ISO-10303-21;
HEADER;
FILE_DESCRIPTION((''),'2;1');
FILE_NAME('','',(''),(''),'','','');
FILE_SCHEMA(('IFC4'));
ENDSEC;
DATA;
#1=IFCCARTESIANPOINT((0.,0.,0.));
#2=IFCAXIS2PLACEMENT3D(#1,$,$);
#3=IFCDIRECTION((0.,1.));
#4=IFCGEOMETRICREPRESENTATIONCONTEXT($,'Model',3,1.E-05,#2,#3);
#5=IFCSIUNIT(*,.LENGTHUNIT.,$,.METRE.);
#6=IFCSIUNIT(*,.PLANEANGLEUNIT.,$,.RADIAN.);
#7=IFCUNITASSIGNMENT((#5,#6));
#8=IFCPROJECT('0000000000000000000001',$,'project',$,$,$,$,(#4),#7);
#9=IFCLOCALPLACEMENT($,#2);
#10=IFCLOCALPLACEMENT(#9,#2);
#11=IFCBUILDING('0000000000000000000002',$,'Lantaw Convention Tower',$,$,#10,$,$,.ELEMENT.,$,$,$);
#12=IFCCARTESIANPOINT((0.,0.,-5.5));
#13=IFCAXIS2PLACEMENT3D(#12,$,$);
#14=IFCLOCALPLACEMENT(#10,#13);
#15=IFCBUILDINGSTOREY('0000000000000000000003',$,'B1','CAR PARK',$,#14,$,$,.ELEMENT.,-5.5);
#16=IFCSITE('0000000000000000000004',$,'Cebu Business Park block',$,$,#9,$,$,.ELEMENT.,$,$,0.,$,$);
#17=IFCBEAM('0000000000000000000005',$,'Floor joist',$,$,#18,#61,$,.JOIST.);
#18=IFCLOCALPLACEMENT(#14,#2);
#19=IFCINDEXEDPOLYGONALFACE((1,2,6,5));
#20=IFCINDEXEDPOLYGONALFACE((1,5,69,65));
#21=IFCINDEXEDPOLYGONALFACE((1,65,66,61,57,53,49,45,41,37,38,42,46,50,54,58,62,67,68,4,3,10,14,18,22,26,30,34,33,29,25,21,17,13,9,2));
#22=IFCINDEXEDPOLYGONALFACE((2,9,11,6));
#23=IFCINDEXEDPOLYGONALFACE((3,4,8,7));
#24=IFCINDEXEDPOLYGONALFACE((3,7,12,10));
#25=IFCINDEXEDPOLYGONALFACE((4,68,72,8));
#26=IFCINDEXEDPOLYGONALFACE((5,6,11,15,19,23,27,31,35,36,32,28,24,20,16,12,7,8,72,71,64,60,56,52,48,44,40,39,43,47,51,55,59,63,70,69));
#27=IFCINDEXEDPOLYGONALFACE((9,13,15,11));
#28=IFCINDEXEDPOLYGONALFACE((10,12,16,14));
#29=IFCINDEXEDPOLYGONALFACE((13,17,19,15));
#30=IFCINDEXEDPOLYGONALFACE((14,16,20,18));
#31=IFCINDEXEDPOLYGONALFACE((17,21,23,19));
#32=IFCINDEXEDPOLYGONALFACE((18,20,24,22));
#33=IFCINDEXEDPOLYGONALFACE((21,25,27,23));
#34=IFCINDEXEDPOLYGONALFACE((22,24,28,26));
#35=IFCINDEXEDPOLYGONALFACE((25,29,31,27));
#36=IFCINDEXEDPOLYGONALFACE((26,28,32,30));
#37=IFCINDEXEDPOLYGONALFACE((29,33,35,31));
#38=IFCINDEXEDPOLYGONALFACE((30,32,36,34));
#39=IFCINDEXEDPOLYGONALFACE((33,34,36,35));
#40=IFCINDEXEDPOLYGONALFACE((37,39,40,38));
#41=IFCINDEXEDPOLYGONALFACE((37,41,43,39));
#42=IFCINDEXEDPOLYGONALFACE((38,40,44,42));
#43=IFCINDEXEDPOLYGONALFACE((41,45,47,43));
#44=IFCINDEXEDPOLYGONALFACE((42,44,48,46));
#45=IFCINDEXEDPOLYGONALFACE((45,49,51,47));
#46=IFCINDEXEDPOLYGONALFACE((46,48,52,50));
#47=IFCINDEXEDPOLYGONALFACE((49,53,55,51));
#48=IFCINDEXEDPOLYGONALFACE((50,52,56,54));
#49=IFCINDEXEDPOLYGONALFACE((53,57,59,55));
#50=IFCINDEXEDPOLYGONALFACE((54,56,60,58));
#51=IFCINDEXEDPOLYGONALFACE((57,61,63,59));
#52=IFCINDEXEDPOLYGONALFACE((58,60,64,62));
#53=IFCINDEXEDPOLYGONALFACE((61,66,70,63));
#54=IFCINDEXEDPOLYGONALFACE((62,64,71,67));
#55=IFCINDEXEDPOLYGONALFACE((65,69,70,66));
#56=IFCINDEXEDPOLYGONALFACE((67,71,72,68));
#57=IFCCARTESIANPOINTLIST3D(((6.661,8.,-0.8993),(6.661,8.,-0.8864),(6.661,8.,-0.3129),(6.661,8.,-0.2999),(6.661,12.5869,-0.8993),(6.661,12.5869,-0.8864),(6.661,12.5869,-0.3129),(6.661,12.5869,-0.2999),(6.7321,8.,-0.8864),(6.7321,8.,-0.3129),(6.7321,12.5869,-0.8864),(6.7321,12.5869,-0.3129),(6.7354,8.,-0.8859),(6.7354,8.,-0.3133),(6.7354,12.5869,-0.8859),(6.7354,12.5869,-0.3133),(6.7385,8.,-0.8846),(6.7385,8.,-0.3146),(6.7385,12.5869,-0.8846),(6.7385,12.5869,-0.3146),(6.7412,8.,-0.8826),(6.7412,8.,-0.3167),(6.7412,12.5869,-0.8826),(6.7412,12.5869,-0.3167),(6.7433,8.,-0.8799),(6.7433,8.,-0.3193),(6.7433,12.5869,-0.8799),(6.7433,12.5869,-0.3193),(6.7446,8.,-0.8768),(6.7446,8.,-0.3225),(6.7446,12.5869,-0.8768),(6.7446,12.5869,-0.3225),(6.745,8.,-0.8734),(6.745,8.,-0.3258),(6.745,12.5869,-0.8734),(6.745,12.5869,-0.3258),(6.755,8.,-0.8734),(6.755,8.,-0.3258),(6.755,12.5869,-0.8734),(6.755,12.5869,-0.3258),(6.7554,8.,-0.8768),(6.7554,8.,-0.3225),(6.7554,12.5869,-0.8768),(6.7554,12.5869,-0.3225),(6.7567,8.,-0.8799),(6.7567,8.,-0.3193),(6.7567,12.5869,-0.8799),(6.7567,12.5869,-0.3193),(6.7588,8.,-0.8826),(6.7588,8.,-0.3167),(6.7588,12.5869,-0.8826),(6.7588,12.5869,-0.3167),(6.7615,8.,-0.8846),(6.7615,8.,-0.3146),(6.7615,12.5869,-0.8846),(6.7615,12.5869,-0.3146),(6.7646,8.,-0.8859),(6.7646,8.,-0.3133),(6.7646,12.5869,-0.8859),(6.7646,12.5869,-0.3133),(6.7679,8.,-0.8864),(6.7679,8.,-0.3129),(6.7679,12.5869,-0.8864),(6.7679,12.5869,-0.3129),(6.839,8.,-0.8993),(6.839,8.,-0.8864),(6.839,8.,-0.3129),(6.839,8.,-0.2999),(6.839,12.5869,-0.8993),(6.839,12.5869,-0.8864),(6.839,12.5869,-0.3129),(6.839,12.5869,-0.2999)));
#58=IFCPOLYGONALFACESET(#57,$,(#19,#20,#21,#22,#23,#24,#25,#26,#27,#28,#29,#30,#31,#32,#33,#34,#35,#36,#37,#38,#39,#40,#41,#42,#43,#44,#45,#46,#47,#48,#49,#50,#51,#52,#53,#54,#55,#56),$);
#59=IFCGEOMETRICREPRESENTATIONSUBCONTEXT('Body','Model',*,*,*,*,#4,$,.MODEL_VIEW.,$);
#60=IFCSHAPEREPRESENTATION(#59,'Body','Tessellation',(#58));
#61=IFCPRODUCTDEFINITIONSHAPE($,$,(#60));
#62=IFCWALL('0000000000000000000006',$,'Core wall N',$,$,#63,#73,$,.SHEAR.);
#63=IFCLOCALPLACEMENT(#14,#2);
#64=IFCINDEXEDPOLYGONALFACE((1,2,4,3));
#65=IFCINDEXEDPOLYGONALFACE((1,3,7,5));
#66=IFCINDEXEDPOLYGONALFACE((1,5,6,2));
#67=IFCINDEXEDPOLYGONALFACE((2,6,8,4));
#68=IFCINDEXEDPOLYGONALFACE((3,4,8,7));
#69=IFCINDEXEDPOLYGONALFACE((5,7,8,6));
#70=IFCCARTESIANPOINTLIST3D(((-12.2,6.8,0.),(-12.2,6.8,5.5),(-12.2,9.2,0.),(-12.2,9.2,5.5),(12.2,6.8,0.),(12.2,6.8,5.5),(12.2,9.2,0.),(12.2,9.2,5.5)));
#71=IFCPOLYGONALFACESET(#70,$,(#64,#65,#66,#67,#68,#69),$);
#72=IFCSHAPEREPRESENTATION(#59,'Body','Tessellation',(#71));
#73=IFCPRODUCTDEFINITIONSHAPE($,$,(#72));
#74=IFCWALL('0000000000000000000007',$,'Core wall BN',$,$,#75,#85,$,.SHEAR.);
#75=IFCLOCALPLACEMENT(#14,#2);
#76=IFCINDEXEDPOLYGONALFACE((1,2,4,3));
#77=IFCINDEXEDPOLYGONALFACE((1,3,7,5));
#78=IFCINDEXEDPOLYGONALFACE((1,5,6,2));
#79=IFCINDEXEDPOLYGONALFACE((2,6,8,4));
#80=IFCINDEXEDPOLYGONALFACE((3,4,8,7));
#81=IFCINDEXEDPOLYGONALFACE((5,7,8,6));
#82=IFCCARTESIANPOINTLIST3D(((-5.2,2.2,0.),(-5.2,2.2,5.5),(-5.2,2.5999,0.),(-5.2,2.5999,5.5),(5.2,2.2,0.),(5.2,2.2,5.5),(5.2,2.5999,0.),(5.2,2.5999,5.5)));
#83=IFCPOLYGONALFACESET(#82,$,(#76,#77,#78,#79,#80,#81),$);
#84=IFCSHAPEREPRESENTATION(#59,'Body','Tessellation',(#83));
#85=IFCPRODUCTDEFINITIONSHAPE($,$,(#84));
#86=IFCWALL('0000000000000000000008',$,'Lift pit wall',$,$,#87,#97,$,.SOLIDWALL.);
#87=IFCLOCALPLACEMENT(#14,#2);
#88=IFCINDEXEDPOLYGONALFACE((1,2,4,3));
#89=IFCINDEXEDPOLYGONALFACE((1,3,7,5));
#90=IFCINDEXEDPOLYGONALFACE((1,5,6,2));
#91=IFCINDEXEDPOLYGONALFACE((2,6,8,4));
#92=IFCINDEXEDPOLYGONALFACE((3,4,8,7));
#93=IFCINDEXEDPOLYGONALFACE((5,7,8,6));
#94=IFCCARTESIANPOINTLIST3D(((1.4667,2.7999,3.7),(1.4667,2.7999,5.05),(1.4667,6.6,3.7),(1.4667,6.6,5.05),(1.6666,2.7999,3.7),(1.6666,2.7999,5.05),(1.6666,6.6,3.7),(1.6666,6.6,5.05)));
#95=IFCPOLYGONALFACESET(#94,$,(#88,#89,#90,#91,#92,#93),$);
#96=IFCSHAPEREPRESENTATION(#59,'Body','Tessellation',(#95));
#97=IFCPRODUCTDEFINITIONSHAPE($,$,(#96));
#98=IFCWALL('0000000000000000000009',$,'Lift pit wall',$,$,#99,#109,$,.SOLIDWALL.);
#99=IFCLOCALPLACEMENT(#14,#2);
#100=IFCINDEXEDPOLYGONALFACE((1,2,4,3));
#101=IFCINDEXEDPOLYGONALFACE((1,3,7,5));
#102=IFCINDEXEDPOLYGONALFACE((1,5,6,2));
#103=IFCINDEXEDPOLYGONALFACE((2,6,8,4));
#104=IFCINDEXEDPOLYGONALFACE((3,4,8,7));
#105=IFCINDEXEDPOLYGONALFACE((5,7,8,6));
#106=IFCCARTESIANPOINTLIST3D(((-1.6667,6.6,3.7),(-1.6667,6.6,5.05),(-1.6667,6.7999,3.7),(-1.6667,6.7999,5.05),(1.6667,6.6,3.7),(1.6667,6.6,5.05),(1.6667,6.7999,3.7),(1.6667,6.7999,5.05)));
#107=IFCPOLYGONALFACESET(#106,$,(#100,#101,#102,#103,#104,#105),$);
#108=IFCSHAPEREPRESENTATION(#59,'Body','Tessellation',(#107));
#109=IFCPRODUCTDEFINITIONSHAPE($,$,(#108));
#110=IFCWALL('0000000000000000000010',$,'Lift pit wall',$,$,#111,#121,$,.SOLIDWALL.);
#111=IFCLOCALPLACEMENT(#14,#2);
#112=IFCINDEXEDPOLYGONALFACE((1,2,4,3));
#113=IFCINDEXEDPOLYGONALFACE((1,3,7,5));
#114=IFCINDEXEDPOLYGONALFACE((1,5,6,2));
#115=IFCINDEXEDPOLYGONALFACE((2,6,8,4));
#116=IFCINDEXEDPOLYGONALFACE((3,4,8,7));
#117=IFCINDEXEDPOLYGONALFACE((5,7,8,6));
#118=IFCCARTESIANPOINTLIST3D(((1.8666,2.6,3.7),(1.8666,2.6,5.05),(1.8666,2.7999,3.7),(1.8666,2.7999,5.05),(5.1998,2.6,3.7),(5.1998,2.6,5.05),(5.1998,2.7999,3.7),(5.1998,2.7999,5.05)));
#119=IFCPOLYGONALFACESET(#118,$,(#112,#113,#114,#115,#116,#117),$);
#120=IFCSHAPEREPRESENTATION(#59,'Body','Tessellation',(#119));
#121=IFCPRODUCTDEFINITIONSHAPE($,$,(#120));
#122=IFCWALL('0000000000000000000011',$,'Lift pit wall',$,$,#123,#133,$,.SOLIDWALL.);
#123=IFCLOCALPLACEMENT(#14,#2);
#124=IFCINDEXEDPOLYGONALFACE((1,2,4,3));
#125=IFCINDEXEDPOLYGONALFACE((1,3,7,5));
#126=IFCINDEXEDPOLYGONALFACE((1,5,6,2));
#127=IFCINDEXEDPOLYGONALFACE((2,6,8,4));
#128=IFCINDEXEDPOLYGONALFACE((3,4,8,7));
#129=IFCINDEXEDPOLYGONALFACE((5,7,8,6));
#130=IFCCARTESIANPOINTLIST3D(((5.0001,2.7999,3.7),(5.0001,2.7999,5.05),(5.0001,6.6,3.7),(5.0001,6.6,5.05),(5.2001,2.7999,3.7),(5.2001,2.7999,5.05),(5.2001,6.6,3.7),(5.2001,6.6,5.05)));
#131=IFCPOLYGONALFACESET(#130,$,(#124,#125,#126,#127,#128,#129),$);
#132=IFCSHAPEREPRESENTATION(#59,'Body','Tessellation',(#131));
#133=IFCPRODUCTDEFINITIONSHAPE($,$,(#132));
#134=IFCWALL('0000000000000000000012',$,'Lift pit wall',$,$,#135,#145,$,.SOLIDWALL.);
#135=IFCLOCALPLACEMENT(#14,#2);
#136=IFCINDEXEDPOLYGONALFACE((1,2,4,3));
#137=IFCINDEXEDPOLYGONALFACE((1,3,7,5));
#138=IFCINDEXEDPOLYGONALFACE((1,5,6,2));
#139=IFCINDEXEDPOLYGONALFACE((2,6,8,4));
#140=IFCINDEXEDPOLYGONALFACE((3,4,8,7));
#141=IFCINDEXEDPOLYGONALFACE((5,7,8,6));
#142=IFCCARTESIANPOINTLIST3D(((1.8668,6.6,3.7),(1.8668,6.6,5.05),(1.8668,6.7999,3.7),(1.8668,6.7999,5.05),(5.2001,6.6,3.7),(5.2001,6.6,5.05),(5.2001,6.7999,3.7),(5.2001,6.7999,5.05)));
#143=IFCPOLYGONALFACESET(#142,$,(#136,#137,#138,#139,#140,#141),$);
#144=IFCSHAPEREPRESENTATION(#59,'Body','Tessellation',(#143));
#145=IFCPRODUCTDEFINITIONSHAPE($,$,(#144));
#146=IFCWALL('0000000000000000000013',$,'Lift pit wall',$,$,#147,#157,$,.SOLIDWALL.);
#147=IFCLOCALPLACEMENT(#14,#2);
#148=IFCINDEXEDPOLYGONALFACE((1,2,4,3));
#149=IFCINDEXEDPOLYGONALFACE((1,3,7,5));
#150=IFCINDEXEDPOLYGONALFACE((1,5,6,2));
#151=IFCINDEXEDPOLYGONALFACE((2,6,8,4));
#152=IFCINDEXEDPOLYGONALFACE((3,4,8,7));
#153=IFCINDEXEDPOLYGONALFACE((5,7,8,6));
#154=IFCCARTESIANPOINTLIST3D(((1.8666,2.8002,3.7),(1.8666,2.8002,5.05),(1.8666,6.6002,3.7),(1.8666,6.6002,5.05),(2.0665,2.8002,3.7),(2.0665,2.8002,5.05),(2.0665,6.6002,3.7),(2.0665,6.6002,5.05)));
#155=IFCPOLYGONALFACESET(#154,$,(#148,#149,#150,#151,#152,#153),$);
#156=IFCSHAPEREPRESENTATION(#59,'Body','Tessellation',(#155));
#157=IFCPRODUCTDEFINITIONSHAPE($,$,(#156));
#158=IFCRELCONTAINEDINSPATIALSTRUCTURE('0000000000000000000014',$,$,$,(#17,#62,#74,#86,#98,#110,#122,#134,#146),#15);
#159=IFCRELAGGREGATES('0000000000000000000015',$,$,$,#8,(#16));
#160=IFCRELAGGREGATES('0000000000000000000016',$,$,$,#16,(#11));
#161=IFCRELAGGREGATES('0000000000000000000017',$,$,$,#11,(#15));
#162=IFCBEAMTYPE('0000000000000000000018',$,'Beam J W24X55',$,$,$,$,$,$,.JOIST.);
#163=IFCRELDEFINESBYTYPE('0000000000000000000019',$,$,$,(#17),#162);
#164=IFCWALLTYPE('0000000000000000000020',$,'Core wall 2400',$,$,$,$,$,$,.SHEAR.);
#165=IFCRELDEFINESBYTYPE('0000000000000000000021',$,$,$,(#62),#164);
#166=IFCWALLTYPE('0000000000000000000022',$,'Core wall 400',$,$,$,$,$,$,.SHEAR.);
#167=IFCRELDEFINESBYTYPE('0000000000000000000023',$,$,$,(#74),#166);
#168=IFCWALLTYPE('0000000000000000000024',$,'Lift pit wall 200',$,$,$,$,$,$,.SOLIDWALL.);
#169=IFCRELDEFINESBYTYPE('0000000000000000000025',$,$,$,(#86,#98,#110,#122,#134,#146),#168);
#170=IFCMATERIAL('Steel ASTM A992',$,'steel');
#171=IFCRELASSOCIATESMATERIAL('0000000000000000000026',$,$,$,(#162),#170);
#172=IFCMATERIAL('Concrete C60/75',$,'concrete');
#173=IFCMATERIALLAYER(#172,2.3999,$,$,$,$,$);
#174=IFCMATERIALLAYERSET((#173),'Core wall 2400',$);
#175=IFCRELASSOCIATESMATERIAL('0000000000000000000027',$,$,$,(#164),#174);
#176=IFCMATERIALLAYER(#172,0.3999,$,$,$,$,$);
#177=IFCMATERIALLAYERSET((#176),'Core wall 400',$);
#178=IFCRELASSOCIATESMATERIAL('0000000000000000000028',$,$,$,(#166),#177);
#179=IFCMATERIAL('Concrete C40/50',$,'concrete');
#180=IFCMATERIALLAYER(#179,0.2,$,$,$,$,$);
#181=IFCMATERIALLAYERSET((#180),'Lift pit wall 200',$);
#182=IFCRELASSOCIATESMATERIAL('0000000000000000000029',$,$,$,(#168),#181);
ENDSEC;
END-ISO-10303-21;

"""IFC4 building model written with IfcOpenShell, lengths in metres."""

from ifc_helpers import new_model, si_unit, direction, frame, frame_2d, origin, origin_2d, place, context, subcontext, project, spatial, rectangle, i_section, extrude, material, layer, layer_set, material_profile, profile_set, type_object, element, save


model = new_model("IFC4")

# Units and contexts
model_context = context("Model", 3, precision=1e-05, world=origin(), true_north=direction((0.0, 1.0)))
body_context = subcontext(model_context, "Body", "Model", "MODEL_VIEW")
ifc_project = project(units=[si_unit("LENGTHUNIT", "METRE"), si_unit("PLANEANGLEUNIT", "RADIAN")], contexts=[model_context])

# Site, building, storey
site_placement = place(None, origin())
site = spatial("IfcSite", under=ifc_project, at=site_placement, Name="Cebu Business Park block", CompositionType="ELEMENT", RefElevation=0.0)
building_placement = place(site_placement, origin())
building = spatial("IfcBuilding", under=site, at=building_placement, Name="Lantaw Convention Tower", CompositionType="ELEMENT")
storey_placement = place(building_placement, frame((0.0, 0.0, -5.5)))
storey = spatial("IfcBuildingStorey", under=building, at=storey_placement, Name="B1", Description="CAR PARK", CompositionType="ELEMENT", Elevation=-5.5)

# Beam
ifc_material_1 = material(Name="Steel ASTM A992", Category="steel")
ifc_material_profile_1 = material_profile(ifc_material_1, i_section(OverallWidth=0.178, OverallDepth=0.5994, WebThickness=0.01, FlangeThickness=0.0129, FilletRadius=0.0129, at=origin_2d()), Name="W24X55")
ifc_profile_set_1 = profile_set([ifc_material_profile_1], Name="Steel ASTM A992")
beam_type_1 = type_object("IfcBeamType", Name="Beam J W24X55", PredefinedType="JOIST", material=ifc_profile_set_1)
beam_1_placement = place(storey_placement, frame((6.75, 8.0, -0.5996), z_axis=(0.0, 1.0, 0.0), x_axis=(-1.0, 0.0, 0.0)))
element("IfcBeam", 1, at=beam_1_placement, inside=storey, type_object=beam_type_1, Name="Floor joist", PredefinedType="JOIST", context=body_context, shape_type="SweptSolid", body=[
    extrude(i_section(OverallWidth=0.178, OverallDepth=0.5994, WebThickness=0.01, FlangeThickness=0.0129, FilletRadius=0.0129, at=origin_2d()), origin(), (0.0, 0.0, 1.0), 4.5869),
])

# Walls
ifc_material_2 = material(Name="Concrete C60/75", Category="concrete")
ifc_layer_1 = layer(ifc_material_2, 2.3999)
ifc_layer_set_1 = layer_set([ifc_layer_1], Name="Core wall 2400")
wall_type_1 = type_object("IfcWallType", Name="Core wall 2400", PredefinedType="SHEAR", material=ifc_layer_set_1)
wall_1_placement = place(storey_placement, frame((12.2, 8.0, 0.0), z_axis=(0.0, 0.0, 1.0), x_axis=(-1.0, 0.0, 0.0)))
element("IfcWall", 2, at=wall_1_placement, inside=storey, type_object=wall_type_1, Name="Core wall N", PredefinedType="SHEAR", context=body_context, shape_type="SweptSolid", body=[
    extrude(rectangle(XDim=24.3999, YDim=2.3999, at=frame_2d((12.2, 0.0))), origin(), (0.0, 0.0, 1.0), 5.5),
])
ifc_layer_2 = layer(ifc_material_2, 0.3999)
ifc_layer_set_2 = layer_set([ifc_layer_2], Name="Core wall 400")
wall_type_2 = type_object("IfcWallType", Name="Core wall 400", PredefinedType="SHEAR", material=ifc_layer_set_2)
wall_2_placement = place(storey_placement, frame((5.2, 2.3999, 0.0), z_axis=(0.0, 0.0, 1.0), x_axis=(-1.0, 0.0, 0.0)))
element("IfcWall", 3, at=wall_2_placement, inside=storey, type_object=wall_type_2, Name="Core wall BN", PredefinedType="SHEAR", context=body_context, shape_type="SweptSolid", body=[
    extrude(rectangle(XDim=10.3999, YDim=0.3999, at=frame_2d((5.2, 0.0))), origin(), (0.0, 0.0, 1.0), 5.5),
])
ifc_material_3 = material(Name="Concrete C40/50", Category="concrete")
ifc_layer_3 = layer(ifc_material_3, 0.2)
ifc_layer_set_3 = layer_set([ifc_layer_3], Name="Lift pit wall 200")
wall_type_3 = type_object("IfcWallType", Name="Lift pit wall 200", PredefinedType="SOLIDWALL", material=ifc_layer_set_3)
wall_3_placement = place(storey_placement, frame((1.5667, 2.8, 3.7), z_axis=(0.0, 0.0, 1.0), x_axis=(0.0, 1.0, 0.0)))
element("IfcWall", 4, at=wall_3_placement, inside=storey, type_object=wall_type_3, Name="Lift pit wall", PredefinedType="SOLIDWALL", context=body_context, shape_type="SweptSolid", body=[
    extrude(rectangle(XDim=3.8, YDim=0.2, at=frame_2d((1.8999, 0.0))), origin(), (0.0, 0.0, 1.0), 1.3501),
])
wall_4_placement = place(storey_placement, frame((1.6667, 6.7, 3.7), z_axis=(0.0, 0.0, 1.0), x_axis=(-1.0, 0.0, 0.0)))
element("IfcWall", 5, at=wall_4_placement, inside=storey, type_object=wall_type_3, Name="Lift pit wall", PredefinedType="SOLIDWALL", context=body_context, shape_type="SweptSolid", body=[
    extrude(rectangle(XDim=3.3335, YDim=0.2, at=frame_2d((1.6667, 0.0))), origin(), (0.0, 0.0, 1.0), 1.3501),
])
wall_5_placement = place(storey_placement, frame((1.8667, 2.7, 3.7), z_axis=(0.0, 0.0, 1.0), x_axis=(1.0, 0.0, 0.0)))
element("IfcWall", 6, at=wall_5_placement, inside=storey, type_object=wall_type_3, Name="Lift pit wall", PredefinedType="SOLIDWALL", context=body_context, shape_type="SweptSolid", body=[
    extrude(rectangle(XDim=3.3333, YDim=0.2, at=frame_2d((1.6665, 0.0))), origin(), (0.0, 0.0, 1.0), 1.3501),
])
wall_6_placement = place(storey_placement, frame((5.1001, 2.8, 3.7), z_axis=(0.0, 0.0, 1.0), x_axis=(0.0, 1.0, 0.0)))
element("IfcWall", 7, at=wall_6_placement, inside=storey, type_object=wall_type_3, Name="Lift pit wall", PredefinedType="SOLIDWALL", context=body_context, shape_type="SweptSolid", body=[
    extrude(rectangle(XDim=3.8, YDim=0.2, at=frame_2d((1.8999, 0.0))), origin(), (0.0, 0.0, 1.0), 1.3501),
])
wall_7_placement = place(storey_placement, frame((5.2, 6.7, 3.7), z_axis=(0.0, 0.0, 1.0), x_axis=(-1.0, 0.0, 0.0)))
element("IfcWall", 8, at=wall_7_placement, inside=storey, type_object=wall_type_3, Name="Lift pit wall", PredefinedType="SOLIDWALL", context=body_context, shape_type="SweptSolid", body=[
    extrude(rectangle(XDim=3.3333, YDim=0.2, at=frame_2d((1.6665, 0.0))), origin(), (0.0, 0.0, 1.0), 1.3501),
])
wall_8_placement = place(storey_placement, frame((1.9666, 6.6001, 3.7), z_axis=(0.0, 0.0, 1.0), x_axis=(0.0, -1.0, 0.0)))
element("IfcWall", 9, at=wall_8_placement, inside=storey, type_object=wall_type_3, Name="Lift pit wall", PredefinedType="SOLIDWALL", context=body_context, shape_type="SweptSolid", body=[
    extrude(rectangle(XDim=3.8, YDim=0.2, at=frame_2d((1.8999, 0.0))), origin(), (0.0, 0.0, 1.0), 1.3501),
])

save(model, "model.ifc")
